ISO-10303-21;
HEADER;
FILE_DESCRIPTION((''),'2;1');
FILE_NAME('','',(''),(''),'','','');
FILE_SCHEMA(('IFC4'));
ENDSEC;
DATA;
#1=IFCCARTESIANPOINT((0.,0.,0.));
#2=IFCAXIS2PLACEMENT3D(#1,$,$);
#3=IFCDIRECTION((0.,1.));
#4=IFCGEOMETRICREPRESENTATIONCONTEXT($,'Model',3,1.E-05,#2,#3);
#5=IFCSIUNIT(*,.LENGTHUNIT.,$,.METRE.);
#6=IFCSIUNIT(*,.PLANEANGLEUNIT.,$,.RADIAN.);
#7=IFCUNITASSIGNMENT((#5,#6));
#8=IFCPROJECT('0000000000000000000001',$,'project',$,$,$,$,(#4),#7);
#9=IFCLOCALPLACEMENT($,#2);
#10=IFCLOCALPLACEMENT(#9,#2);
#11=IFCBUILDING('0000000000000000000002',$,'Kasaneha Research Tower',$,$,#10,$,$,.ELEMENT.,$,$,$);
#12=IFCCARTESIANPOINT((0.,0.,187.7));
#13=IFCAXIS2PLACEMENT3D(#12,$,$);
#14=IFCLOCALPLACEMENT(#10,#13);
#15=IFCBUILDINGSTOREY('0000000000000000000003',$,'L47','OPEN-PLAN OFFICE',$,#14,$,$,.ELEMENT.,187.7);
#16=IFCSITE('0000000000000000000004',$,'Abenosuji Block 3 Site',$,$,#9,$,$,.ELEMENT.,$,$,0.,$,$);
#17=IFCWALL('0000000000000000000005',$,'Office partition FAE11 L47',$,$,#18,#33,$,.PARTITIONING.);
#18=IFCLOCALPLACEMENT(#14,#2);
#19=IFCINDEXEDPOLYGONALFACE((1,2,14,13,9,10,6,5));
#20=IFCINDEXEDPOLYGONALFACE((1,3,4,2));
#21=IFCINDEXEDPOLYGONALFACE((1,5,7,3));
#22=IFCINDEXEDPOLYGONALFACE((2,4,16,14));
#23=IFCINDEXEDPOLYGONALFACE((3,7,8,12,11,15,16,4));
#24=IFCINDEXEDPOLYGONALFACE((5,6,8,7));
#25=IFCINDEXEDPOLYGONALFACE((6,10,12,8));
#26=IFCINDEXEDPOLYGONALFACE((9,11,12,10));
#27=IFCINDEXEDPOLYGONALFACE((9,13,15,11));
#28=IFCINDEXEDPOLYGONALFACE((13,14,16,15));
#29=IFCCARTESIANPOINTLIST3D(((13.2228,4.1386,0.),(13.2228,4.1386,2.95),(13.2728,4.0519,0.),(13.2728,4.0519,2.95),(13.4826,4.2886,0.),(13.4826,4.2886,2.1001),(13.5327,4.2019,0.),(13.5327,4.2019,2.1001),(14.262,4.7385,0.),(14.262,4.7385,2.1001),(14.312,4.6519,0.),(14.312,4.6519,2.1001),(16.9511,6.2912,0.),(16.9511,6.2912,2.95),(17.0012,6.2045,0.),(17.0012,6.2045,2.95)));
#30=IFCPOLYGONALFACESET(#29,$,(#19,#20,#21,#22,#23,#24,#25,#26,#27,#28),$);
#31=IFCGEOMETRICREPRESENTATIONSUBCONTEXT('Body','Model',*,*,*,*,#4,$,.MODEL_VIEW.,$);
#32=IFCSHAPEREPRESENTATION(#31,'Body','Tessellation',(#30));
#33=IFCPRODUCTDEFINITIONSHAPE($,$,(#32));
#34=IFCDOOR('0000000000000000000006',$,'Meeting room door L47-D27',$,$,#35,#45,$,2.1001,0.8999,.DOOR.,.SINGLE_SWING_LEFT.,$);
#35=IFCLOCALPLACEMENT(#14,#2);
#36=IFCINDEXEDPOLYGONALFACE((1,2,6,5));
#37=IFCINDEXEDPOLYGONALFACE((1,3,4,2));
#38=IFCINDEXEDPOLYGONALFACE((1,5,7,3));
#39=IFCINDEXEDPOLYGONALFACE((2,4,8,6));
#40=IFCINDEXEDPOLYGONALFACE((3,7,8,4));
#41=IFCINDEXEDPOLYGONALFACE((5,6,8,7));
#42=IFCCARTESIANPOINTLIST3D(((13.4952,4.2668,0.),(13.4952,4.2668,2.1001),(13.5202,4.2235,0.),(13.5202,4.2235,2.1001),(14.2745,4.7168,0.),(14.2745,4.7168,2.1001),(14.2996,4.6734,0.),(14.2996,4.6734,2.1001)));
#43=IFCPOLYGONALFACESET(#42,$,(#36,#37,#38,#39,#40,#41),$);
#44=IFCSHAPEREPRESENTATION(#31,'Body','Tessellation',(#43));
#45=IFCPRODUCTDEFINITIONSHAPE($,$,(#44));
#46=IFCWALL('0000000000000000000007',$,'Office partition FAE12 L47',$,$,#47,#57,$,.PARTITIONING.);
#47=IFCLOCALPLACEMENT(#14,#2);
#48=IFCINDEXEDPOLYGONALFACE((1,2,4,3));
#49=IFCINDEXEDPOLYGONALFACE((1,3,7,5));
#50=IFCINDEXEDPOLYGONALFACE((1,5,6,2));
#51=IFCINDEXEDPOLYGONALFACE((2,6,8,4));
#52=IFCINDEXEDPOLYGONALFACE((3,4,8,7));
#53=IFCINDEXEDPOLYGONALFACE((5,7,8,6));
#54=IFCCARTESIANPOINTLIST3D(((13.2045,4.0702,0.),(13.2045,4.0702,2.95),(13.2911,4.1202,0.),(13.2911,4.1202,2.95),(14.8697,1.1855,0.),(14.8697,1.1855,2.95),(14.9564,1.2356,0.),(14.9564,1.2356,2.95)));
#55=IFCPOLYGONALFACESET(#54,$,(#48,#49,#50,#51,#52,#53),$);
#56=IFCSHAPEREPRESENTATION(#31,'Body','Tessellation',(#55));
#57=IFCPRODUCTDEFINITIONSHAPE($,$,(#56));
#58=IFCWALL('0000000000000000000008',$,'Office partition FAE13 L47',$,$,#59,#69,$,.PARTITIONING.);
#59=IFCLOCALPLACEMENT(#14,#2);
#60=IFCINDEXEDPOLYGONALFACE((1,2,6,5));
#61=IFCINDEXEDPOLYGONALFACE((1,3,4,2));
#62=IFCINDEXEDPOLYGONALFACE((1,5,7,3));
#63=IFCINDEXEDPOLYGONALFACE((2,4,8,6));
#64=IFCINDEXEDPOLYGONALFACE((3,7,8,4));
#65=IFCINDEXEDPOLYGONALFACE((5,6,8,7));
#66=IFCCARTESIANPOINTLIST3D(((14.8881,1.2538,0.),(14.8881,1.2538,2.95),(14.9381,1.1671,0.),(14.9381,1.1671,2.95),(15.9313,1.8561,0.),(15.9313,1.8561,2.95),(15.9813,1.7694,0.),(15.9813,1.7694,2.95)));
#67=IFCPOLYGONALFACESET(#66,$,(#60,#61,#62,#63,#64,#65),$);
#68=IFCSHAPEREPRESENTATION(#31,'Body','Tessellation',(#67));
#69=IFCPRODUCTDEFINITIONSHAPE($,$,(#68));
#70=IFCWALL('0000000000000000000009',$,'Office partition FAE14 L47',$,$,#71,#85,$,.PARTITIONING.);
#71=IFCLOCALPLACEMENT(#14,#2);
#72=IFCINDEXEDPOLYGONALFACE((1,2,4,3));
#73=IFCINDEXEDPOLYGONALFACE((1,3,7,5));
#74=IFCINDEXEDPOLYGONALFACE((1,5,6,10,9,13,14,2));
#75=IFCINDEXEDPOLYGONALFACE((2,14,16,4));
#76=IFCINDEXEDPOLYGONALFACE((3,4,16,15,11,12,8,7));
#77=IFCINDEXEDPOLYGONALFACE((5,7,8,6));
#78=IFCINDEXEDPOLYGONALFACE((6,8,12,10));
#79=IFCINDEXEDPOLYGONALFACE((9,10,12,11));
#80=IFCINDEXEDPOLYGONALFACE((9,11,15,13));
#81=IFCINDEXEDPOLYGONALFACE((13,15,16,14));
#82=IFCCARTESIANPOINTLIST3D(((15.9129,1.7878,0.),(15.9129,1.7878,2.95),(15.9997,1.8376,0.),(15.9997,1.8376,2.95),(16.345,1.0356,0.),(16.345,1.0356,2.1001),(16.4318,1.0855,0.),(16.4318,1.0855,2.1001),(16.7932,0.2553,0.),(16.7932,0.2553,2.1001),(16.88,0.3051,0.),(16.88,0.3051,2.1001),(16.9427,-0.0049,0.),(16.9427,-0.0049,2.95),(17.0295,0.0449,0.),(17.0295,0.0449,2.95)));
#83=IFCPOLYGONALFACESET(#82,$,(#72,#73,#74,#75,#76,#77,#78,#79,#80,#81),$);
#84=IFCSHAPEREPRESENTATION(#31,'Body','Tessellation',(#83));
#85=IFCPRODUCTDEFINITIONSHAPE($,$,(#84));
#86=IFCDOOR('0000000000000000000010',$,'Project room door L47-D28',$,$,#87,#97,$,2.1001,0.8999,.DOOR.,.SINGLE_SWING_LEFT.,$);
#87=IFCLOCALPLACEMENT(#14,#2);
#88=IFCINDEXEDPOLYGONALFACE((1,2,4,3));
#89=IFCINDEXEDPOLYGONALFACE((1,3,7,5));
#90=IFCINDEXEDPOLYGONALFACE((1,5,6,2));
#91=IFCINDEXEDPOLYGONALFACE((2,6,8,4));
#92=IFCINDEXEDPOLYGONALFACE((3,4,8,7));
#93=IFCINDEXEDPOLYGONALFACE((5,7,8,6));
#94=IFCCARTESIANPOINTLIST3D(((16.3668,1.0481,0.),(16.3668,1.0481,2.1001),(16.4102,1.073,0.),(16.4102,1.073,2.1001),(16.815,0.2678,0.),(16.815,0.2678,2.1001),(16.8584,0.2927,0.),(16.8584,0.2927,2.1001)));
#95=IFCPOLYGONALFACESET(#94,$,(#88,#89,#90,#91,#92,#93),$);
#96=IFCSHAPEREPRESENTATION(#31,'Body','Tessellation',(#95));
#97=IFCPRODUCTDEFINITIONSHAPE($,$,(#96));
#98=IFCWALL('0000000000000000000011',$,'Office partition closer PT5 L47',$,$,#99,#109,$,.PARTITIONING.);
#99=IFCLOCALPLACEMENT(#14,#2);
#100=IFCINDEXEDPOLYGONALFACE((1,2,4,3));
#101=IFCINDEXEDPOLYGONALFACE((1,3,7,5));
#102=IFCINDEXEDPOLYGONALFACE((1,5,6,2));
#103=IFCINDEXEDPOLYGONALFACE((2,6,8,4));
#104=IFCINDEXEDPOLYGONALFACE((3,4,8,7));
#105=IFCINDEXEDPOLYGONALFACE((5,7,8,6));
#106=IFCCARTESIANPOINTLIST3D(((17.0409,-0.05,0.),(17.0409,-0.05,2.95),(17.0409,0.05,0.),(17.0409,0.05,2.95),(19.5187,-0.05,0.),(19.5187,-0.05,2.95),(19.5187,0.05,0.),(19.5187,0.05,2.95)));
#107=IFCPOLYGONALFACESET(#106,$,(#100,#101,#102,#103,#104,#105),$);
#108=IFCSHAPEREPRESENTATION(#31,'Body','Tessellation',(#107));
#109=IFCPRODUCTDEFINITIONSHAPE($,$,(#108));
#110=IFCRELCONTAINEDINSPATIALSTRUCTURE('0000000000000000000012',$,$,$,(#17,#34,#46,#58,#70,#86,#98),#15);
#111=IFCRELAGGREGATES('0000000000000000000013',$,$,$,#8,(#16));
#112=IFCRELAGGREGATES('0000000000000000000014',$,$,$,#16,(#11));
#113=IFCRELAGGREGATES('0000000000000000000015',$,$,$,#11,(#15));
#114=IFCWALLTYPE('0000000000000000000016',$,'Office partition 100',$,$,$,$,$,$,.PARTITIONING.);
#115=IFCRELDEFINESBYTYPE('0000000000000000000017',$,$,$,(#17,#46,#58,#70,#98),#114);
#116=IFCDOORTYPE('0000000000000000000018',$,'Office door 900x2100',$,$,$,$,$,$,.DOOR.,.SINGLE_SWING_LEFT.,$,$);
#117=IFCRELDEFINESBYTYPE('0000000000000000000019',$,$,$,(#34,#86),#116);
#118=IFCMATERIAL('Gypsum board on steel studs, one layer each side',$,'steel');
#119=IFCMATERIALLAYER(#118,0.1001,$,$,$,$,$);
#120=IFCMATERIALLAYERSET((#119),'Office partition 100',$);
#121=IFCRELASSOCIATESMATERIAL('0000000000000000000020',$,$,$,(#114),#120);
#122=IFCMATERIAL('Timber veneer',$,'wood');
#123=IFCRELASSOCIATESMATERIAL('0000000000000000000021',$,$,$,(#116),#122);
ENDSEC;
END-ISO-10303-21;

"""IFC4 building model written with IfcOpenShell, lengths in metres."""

from ifc_helpers import new_model, si_unit, direction, frame, frame_2d, origin, place, context, subcontext, project, spatial, rectangle, extrude, material, layer, layer_set, type_object, element, fill, save


model = new_model("IFC4")

# Units and contexts
model_context = context("Model", 3, precision=1e-05, world=origin(), true_north=direction((0.0, 1.0)))
body_context = subcontext(model_context, "Body", "Model", "MODEL_VIEW")
ifc_project = project(units=[si_unit("LENGTHUNIT", "METRE"), si_unit("PLANEANGLEUNIT", "RADIAN")], contexts=[model_context])

# Site, building, storey
site_placement = place(None, origin())
site = spatial("IfcSite", under=ifc_project, at=site_placement, Name="Abenosuji Block 3 Site", CompositionType="ELEMENT", RefElevation=0.0)
building_placement = place(site_placement, origin())
building = spatial("IfcBuilding", under=site, at=building_placement, Name="Kasaneha Research Tower", CompositionType="ELEMENT")
storey_placement = place(building_placement, frame((0.0, 0.0, 187.7)))
storey = spatial("IfcBuildingStorey", under=building, at=storey_placement, Name="L47", Description="OPEN-PLAN OFFICE", CompositionType="ELEMENT", Elevation=187.7)

# Shared definitions
ifc_material_1 = material(Name="Gypsum board on steel studs, one layer each side", Category="steel")
ifc_layer_1 = layer(ifc_material_1, 0.1001)
ifc_layer_set_1 = layer_set([ifc_layer_1], Name="Office partition 100")
wall_type_1 = type_object("IfcWallType", Name="Office partition 100", PredefinedType="PARTITIONING", material=ifc_layer_set_1)

# Wall, opening, door
wall_1_placement = place(storey_placement, frame((13.2478, 4.0952, 0.0), z_axis=(0.0, 0.0, 1.0), x_axis=(0.866018, 0.500012, 0.0)))
wall_1 = element("IfcWall", 1, at=wall_1_placement, inside=storey, type_object=wall_type_1, Name="Office partition FAE11 L47", PredefinedType="PARTITIONING", context=body_context, shape_type="SweptSolid", body=[
    extrude(rectangle(XDim=4.3052, YDim=0.1001, at=frame_2d((2.1526, 0.0))), origin(), (0.0, 0.0, 1.0), 2.95),
])
opening_1_placement = place(wall_1_placement, frame((0.3, 0.0, 0.0)))
opening_1 = element("IfcOpeningElement", 2, at=opening_1_placement, cuts=wall_1, PredefinedType="OPENING", context=body_context, shape_type="SweptSolid", body=[
    extrude(rectangle(XDim=0.8999, YDim=2.1001, at=frame_2d((0.45, 1.05))), frame((0.0, 0.0601, 0.0), z_axis=(0.0, -1.0, 0.0), x_axis=(1.0, 0.0, 0.0)), (0.0, 0.0, 1.0), 0.1201),
])
ifc_material_2 = material(Name="Timber veneer", Category="wood")
door_type_1 = type_object("IfcDoorType", Name="Office door 900x2100", OperationType="SINGLE_SWING_LEFT", PredefinedType="DOOR", material=ifc_material_2)
door_1_placement = place(opening_1_placement, origin())
door_1 = element("IfcDoor", 3, at=door_1_placement, inside=storey, type_object=door_type_1, Name="Meeting room door L47-D27", OperationType="SINGLE_SWING_LEFT", OverallHeight=2.1001, OverallWidth=0.8999, PredefinedType="DOOR", context=body_context, shape_type="SweptSolid", body=[
    extrude(rectangle(XDim=0.8999, YDim=2.1001, at=frame_2d((0.45, 1.05))), frame((0.0, 0.0249, 0.0), z_axis=(0.0, -1.0, 0.0), x_axis=(1.0, 0.0, 0.0)), (0.0, 0.0, 1.0), 0.05),
])
fill(opening_1, door_1)

# Walls
wall_2_placement = place(storey_placement, frame((14.9131, 1.2104, 0.0), z_axis=(0.0, 0.0, 1.0), x_axis=(-0.499947, 0.866056, 0.0)))
element("IfcWall", 4, at=wall_2_placement, inside=storey, type_object=wall_type_1, Name="Office partition FAE12 L47", PredefinedType="PARTITIONING", context=body_context, shape_type="SweptSolid", body=[
    extrude(rectangle(XDim=3.3308, YDim=0.1001, at=frame_2d((1.6655, 0.0))), origin(), (0.0, 0.0, 1.0), 2.95),
])
wall_3_placement = place(storey_placement, frame((15.9563, 1.8127, 0.0), z_axis=(0.0, 0.0, 1.0), x_axis=(-0.866027, -0.499997, 0.0)))
element("IfcWall", 5, at=wall_3_placement, inside=storey, type_object=wall_type_1, Name="Office partition FAE13 L47", PredefinedType="PARTITIONING", context=body_context, shape_type="SweptSolid", body=[
    extrude(rectangle(XDim=1.2046, YDim=0.1001, at=frame_2d((0.6023, 0.0))), origin(), (0.0, 0.0, 1.0), 2.95),
])

# Wall, opening, door
wall_4_placement = place(storey_placement, frame((16.9861, 0.02, 0.0), z_axis=(0.0, 0.0, 1.0), x_axis=(-0.498096, 0.867122, 0.0)))
wall_4 = element("IfcWall", 6, at=wall_4_placement, inside=storey, type_object=wall_type_1, Name="Office partition FAE14 L47", PredefinedType="PARTITIONING", context=body_context, shape_type="SweptSolid", body=[
    extrude(rectangle(XDim=2.0674, YDim=0.1001, at=frame_2d((1.0337, 0.0))), origin(), (0.0, 0.0, 1.0), 2.95),
])
opening_2_placement = place(wall_4_placement, frame((0.3, 0.0, 0.0)))
opening_2 = element("IfcOpeningElement", 7, at=opening_2_placement, cuts=wall_4, PredefinedType="OPENING", context=body_context, shape_type="SweptSolid", body=[
    extrude(rectangle(XDim=0.8999, YDim=2.1001, at=frame_2d((0.45, 1.05))), frame((0.0, 0.0601, 0.0), z_axis=(0.0, -1.0, 0.0), x_axis=(1.0, 0.0, 0.0)), (0.0, 0.0, 1.0), 0.1201),
])
door_2_placement = place(opening_2_placement, origin())
door_2 = element("IfcDoor", 8, at=door_2_placement, inside=storey, type_object=door_type_1, Name="Project room door L47-D28", OperationType="SINGLE_SWING_LEFT", OverallHeight=2.1001, OverallWidth=0.8999, PredefinedType="DOOR", context=body_context, shape_type="SweptSolid", body=[
    extrude(rectangle(XDim=0.8999, YDim=2.1001, at=frame_2d((0.45, 1.05))), frame((0.0, 0.0249, 0.0), z_axis=(0.0, -1.0, 0.0), x_axis=(1.0, 0.0, 0.0)), (0.0, 0.0, 1.0), 0.05),
])
fill(opening_2, door_2)

# Wall
wall_5_placement = place(storey_placement, frame((19.5186, 0.0, 0.0), z_axis=(0.0, 0.0, 1.0), x_axis=(-1.0, 0.0, 0.0)))
element("IfcWall", 9, at=wall_5_placement, inside=storey, type_object=wall_type_1, Name="Office partition closer PT5 L47", PredefinedType="PARTITIONING", context=body_context, shape_type="SweptSolid", body=[
    extrude(rectangle(XDim=2.4778, YDim=0.1001, at=frame_2d((1.2388, 0.0))), origin(), (0.0, 0.0, 1.0), 2.95),
])

save(model, "model.ifc")
